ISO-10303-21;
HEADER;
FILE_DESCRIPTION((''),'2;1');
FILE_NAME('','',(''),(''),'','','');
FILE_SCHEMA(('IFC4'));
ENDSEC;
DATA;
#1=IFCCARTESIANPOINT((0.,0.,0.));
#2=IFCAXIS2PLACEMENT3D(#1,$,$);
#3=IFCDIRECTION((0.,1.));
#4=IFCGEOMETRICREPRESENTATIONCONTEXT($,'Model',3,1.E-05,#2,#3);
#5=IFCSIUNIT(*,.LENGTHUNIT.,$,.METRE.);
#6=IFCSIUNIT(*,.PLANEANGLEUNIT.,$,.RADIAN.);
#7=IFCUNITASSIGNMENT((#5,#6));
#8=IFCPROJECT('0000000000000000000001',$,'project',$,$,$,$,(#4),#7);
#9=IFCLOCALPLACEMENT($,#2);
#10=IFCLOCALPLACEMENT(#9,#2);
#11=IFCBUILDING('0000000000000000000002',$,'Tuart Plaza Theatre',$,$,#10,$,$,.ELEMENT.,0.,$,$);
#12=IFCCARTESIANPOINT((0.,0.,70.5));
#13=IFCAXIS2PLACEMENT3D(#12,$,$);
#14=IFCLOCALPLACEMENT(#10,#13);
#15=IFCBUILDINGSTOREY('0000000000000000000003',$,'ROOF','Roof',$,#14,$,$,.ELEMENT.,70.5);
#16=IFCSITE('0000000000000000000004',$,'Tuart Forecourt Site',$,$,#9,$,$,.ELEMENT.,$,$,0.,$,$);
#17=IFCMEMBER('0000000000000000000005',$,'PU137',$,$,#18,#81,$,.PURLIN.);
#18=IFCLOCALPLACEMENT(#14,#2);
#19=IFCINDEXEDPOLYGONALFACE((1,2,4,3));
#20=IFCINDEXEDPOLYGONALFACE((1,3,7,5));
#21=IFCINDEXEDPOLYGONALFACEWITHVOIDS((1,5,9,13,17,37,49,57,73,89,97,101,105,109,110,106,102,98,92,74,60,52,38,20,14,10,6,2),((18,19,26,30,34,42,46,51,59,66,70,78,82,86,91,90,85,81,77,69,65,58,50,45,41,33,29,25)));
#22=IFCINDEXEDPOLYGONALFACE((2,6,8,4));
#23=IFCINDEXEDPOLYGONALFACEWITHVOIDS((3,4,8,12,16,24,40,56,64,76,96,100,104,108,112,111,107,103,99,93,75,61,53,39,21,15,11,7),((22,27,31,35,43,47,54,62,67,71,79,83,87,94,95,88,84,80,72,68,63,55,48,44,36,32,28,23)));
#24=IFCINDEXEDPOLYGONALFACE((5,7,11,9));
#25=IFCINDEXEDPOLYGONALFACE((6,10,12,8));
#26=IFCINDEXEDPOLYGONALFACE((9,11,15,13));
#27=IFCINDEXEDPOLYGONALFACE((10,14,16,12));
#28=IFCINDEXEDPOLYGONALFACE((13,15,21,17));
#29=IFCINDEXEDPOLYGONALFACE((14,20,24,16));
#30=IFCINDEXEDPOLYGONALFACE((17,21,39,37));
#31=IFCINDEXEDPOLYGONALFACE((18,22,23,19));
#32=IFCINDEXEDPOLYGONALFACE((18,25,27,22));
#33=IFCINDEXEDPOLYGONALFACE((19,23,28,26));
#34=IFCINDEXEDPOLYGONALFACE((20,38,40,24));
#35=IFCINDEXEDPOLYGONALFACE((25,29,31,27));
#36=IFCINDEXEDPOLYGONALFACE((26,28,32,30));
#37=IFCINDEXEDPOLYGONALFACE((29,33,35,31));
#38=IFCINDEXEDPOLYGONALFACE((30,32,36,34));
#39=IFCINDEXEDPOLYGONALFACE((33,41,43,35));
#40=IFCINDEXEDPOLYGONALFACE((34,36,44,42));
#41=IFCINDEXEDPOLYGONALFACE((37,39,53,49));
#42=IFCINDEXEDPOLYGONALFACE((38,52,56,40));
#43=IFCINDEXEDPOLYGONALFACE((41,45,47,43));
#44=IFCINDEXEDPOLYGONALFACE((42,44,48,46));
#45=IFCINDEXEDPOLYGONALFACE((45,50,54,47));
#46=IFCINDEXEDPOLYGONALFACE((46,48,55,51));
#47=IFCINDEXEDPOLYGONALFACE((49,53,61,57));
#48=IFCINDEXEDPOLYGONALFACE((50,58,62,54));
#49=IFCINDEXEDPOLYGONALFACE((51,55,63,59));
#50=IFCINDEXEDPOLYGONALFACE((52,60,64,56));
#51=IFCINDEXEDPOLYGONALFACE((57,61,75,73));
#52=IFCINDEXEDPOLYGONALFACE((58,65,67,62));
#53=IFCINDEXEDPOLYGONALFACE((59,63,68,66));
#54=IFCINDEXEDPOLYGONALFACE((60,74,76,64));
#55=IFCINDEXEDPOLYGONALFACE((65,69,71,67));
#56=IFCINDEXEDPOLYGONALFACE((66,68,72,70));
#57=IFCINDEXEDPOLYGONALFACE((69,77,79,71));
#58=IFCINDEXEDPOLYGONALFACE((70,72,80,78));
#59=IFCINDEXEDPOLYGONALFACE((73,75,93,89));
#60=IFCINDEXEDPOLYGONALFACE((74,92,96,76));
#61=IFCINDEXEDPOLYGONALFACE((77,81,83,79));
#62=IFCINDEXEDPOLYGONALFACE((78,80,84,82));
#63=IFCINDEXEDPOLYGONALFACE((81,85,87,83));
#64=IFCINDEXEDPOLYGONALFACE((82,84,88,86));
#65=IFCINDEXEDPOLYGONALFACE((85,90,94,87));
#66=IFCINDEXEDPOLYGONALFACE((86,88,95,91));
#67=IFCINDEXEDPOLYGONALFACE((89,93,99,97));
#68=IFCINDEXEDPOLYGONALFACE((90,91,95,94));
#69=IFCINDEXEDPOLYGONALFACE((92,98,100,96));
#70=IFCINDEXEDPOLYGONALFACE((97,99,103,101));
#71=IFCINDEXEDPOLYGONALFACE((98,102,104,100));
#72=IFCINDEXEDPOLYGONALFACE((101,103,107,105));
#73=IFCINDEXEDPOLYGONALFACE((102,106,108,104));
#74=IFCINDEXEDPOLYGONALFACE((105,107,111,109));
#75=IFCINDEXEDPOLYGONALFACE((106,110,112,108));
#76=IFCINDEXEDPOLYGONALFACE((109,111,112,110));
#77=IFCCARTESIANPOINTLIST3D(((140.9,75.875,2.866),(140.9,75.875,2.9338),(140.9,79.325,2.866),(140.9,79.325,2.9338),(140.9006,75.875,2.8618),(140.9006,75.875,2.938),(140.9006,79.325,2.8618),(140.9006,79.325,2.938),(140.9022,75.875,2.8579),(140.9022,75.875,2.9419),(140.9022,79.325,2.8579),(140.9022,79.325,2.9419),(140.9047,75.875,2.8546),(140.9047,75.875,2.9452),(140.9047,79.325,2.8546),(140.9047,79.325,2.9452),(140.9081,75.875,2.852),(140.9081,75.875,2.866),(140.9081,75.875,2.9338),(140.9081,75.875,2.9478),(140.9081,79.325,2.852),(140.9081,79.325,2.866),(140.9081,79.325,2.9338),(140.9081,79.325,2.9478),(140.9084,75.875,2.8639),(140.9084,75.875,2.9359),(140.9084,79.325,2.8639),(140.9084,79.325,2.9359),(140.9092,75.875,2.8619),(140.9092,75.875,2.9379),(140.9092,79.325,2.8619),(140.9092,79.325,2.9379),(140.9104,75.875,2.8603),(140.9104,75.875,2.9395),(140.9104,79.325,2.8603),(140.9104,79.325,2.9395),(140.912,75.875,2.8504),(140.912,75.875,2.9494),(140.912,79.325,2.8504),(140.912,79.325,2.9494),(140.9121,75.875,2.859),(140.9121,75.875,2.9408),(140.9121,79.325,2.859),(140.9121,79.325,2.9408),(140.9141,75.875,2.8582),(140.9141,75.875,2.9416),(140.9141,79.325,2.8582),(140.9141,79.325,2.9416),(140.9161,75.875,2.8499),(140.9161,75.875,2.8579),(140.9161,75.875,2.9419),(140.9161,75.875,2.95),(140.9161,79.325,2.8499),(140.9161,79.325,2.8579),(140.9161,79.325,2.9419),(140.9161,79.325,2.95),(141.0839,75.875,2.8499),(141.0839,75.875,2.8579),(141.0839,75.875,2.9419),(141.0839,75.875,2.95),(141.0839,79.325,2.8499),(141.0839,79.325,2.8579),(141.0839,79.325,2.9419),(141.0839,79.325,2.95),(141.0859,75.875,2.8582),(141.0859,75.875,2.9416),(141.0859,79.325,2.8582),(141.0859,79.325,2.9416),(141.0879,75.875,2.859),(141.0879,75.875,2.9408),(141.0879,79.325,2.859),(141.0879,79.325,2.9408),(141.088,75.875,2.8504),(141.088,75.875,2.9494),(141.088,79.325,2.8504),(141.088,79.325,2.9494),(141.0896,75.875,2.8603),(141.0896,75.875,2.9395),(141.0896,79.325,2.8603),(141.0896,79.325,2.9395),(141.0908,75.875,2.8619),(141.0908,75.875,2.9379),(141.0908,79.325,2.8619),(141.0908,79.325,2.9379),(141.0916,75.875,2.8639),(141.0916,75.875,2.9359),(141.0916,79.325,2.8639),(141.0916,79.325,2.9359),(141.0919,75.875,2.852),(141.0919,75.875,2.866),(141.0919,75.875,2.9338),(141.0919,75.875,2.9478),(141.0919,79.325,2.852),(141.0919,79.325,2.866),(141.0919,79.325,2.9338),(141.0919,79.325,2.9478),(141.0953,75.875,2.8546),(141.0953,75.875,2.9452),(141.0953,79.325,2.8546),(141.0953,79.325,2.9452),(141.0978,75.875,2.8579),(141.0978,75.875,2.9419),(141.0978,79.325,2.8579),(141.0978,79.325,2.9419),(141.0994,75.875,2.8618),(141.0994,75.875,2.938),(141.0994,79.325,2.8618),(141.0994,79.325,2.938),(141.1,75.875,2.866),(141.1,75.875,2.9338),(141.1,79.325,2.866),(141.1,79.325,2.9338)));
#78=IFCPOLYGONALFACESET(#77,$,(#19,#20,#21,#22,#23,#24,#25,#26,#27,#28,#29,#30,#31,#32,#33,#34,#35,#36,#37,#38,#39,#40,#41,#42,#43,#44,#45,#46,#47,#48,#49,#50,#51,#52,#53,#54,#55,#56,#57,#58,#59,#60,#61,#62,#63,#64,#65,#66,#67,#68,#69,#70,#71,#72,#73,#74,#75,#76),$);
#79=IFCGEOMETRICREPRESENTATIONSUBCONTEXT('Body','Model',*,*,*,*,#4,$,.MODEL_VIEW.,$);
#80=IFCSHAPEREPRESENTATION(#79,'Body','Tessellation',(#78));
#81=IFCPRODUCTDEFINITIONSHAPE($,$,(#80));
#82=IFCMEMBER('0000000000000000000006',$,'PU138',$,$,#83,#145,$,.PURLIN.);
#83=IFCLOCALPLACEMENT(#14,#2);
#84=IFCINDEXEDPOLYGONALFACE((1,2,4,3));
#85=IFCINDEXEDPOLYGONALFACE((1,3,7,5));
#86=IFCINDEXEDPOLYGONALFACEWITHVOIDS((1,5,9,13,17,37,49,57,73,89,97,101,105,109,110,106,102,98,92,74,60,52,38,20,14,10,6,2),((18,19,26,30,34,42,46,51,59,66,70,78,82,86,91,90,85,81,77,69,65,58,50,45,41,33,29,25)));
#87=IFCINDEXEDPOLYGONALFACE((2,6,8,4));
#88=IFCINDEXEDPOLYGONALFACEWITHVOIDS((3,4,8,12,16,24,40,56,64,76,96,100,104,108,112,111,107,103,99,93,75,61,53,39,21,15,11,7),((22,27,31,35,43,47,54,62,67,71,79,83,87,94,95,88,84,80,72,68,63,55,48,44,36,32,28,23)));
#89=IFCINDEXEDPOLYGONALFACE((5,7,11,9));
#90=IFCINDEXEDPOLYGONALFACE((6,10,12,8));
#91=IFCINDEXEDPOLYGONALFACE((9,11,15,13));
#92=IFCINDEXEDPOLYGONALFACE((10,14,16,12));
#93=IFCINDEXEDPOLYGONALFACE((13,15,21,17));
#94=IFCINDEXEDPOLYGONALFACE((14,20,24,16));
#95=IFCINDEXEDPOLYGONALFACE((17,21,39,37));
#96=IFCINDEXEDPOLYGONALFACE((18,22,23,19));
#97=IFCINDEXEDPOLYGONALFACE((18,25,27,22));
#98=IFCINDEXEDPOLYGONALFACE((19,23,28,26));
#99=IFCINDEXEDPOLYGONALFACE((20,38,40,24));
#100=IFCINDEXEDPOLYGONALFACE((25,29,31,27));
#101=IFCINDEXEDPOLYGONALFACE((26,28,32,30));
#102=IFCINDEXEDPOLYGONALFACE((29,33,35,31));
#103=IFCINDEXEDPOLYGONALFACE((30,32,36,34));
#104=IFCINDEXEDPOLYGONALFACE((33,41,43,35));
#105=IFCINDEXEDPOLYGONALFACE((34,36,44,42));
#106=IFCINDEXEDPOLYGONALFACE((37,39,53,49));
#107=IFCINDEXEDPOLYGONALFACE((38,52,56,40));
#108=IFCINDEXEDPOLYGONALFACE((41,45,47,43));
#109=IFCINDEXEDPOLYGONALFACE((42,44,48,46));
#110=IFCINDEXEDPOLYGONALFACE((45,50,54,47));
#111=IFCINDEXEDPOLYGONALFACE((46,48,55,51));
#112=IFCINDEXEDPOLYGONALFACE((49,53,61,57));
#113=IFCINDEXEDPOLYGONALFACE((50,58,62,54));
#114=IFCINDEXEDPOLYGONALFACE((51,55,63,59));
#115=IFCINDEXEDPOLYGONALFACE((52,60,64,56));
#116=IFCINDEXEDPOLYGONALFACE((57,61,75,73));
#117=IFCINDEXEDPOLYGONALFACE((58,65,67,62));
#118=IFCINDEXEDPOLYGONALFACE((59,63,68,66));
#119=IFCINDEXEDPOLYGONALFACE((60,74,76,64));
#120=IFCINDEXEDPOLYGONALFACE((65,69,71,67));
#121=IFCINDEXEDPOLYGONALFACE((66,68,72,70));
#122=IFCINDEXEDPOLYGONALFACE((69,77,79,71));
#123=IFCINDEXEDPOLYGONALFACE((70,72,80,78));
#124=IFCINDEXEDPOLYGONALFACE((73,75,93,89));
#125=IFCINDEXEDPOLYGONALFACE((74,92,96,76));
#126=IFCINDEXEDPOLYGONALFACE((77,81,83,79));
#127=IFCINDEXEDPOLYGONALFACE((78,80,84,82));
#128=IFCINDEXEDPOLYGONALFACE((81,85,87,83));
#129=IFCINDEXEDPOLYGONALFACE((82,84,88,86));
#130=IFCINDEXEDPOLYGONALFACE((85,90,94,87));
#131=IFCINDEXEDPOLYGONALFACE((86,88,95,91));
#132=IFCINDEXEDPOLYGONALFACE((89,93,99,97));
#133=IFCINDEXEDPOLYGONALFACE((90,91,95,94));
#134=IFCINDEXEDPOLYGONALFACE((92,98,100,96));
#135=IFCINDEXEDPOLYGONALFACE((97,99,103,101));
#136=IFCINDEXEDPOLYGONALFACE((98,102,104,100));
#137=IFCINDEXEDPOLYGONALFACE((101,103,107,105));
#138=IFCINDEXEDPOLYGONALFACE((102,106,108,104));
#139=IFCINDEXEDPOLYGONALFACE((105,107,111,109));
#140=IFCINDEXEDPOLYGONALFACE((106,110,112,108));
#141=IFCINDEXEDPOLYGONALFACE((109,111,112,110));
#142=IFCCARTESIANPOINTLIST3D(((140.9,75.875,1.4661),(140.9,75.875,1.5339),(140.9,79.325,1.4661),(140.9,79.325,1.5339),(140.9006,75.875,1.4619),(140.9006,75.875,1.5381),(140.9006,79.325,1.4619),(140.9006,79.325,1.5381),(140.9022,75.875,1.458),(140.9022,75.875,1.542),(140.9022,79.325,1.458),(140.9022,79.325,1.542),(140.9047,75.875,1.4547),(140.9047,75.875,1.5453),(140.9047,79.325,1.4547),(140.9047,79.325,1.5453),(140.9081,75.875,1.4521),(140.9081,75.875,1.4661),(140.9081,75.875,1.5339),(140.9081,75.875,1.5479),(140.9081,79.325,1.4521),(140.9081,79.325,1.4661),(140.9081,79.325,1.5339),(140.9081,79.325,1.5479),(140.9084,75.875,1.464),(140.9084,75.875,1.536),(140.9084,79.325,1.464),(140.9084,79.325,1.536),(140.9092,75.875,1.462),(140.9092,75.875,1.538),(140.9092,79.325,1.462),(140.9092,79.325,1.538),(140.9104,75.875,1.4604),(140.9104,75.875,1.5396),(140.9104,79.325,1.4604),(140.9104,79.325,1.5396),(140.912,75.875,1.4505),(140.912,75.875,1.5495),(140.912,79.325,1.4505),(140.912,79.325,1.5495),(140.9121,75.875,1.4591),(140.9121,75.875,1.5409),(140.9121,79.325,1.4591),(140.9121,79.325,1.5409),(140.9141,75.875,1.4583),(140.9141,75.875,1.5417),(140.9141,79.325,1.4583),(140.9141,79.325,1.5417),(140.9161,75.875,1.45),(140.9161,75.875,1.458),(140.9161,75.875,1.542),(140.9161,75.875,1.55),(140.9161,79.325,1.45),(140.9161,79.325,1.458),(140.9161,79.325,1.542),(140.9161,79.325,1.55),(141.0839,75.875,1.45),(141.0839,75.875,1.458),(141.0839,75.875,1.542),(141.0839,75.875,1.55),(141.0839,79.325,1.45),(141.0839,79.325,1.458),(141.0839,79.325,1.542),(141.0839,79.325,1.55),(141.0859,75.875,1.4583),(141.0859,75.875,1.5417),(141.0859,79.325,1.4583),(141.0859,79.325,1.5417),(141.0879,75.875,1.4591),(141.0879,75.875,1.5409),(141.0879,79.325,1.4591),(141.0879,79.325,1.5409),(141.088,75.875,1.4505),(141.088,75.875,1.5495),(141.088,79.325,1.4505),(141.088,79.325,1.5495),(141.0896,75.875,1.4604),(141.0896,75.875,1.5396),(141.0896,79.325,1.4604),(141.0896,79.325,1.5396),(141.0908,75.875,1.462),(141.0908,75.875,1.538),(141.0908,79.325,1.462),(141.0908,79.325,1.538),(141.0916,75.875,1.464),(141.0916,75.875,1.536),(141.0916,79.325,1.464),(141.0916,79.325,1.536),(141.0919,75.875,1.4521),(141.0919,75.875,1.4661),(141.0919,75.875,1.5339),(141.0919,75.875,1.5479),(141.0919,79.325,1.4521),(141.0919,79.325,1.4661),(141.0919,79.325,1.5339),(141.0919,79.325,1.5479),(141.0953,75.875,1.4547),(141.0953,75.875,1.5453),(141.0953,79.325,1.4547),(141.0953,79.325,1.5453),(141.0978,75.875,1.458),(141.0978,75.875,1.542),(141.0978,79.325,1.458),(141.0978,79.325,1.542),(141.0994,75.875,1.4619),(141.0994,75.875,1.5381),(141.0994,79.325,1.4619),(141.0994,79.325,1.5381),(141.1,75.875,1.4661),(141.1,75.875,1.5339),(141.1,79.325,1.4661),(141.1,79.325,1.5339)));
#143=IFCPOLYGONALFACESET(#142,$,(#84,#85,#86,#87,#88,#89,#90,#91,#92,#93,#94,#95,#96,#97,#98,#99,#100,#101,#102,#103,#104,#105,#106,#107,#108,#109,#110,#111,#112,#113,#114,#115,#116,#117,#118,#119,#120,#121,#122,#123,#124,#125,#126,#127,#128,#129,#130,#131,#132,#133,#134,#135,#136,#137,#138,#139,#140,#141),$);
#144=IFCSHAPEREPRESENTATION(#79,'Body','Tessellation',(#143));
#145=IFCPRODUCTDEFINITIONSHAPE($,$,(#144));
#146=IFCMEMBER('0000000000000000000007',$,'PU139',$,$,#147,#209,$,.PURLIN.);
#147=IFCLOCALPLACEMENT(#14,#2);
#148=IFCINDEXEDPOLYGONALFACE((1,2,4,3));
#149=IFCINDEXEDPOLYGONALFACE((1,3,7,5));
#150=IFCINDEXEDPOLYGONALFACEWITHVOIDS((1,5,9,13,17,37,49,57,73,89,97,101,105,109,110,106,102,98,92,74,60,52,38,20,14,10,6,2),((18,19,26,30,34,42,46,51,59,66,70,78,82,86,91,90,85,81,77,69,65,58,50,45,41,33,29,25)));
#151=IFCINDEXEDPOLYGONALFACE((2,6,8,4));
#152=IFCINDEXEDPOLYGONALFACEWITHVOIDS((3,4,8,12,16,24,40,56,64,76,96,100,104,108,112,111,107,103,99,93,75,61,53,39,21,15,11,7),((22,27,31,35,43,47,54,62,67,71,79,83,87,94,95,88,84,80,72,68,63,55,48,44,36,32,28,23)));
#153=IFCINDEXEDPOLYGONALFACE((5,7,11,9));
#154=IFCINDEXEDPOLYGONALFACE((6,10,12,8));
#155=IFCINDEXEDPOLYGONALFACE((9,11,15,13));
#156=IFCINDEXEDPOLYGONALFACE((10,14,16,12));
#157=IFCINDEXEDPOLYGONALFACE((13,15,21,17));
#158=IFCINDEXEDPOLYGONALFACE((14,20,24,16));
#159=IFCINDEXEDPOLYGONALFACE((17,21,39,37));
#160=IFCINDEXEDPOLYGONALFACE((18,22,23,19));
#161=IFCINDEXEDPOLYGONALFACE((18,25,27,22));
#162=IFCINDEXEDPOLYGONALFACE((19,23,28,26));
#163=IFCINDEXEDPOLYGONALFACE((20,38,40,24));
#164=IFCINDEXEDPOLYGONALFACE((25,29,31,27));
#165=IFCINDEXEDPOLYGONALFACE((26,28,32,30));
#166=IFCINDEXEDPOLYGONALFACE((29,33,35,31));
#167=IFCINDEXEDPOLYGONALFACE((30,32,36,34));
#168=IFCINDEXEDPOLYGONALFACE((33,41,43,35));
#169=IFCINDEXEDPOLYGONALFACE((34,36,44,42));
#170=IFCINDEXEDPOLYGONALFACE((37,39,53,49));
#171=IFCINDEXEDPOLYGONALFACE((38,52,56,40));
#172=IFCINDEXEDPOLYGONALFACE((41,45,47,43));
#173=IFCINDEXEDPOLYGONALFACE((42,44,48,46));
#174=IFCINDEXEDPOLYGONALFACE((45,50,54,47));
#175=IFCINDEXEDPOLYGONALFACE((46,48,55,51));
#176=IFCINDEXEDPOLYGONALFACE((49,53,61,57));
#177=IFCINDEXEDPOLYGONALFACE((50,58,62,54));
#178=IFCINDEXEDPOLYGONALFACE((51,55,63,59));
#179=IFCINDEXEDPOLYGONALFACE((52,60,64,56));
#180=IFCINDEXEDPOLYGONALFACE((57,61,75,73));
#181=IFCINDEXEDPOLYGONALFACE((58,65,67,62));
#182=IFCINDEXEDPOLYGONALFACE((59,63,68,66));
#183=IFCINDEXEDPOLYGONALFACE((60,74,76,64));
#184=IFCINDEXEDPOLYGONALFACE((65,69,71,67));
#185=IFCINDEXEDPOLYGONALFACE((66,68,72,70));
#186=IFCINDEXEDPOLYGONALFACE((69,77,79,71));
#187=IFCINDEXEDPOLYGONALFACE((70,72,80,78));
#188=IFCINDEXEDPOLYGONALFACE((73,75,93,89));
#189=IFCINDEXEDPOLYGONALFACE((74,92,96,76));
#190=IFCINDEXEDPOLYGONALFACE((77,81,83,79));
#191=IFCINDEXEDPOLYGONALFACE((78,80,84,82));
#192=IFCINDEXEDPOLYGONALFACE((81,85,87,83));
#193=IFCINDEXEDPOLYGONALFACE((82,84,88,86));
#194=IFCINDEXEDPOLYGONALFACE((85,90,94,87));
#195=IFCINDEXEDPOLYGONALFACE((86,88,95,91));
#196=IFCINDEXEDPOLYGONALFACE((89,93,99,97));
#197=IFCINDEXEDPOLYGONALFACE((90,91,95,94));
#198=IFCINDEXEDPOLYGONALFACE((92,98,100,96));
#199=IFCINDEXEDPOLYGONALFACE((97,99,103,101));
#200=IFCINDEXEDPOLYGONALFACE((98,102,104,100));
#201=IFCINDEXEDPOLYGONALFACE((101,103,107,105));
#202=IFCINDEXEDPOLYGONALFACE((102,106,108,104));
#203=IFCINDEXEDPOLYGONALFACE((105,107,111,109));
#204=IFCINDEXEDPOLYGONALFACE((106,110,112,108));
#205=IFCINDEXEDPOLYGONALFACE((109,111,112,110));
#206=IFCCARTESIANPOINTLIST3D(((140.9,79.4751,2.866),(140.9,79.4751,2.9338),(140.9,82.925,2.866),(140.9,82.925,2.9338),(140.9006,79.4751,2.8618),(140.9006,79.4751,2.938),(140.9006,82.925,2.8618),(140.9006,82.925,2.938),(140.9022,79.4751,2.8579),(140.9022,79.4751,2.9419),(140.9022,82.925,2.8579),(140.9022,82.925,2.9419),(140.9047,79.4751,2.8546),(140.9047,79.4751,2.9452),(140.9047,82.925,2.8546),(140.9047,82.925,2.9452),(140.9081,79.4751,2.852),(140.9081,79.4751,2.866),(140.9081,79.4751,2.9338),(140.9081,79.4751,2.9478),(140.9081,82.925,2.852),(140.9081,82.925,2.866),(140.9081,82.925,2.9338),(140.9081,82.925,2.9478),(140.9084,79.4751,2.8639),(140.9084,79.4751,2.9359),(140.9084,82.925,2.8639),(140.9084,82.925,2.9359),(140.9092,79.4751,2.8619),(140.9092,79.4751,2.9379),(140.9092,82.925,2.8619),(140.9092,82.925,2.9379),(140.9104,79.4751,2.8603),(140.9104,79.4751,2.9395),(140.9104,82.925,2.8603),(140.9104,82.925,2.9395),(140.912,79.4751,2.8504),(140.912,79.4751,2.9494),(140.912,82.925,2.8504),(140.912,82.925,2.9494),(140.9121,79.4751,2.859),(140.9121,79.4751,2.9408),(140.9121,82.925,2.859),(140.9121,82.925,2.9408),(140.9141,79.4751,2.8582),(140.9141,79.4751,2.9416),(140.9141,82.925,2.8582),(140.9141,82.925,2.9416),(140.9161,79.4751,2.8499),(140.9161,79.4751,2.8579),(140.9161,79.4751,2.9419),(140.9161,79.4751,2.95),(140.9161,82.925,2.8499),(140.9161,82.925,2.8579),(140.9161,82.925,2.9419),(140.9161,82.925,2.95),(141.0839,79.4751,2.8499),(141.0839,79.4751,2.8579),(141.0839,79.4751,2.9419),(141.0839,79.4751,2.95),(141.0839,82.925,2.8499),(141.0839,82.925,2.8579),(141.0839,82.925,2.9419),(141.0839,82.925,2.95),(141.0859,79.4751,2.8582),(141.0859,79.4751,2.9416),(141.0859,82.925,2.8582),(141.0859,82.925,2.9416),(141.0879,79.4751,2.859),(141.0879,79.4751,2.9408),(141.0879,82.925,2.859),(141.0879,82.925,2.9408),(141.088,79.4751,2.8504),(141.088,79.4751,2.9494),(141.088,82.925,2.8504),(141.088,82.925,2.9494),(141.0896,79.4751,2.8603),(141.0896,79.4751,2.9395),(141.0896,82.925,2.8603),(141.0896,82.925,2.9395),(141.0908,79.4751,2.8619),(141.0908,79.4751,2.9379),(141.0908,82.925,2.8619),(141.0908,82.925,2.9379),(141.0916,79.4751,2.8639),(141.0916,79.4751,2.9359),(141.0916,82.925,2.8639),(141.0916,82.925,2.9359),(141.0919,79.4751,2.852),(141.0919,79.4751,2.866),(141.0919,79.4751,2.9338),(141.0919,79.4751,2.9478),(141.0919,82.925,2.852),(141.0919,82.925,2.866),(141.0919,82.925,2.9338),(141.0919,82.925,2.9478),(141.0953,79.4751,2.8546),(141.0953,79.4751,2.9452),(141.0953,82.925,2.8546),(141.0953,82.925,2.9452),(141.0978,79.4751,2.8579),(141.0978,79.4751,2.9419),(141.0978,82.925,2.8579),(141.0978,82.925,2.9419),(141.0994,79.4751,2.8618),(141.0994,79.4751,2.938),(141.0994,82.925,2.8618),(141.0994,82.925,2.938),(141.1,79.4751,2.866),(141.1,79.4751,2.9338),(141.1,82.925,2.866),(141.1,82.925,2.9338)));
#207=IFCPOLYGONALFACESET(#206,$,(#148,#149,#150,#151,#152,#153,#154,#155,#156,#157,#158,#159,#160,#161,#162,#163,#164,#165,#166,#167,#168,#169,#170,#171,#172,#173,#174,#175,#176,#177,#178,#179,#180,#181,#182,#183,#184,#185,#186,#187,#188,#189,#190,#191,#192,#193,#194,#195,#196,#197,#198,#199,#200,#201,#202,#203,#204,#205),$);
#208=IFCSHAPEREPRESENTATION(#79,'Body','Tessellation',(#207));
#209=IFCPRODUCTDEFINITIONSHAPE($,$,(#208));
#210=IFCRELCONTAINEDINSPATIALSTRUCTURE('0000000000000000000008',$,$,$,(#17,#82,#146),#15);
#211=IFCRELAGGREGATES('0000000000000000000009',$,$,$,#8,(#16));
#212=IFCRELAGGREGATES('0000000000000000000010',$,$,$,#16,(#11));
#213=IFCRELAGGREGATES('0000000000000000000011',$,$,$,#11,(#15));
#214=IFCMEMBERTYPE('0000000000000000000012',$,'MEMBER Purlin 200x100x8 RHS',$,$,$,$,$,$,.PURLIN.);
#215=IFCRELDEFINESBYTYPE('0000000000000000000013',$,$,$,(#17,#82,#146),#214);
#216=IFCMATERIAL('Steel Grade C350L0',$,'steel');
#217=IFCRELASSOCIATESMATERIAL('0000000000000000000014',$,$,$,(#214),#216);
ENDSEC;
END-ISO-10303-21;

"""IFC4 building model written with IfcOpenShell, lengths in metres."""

from ifc_helpers import new_model, si_unit, direction, frame, origin, origin_2d, place, context, subcontext, project, spatial, hollow_rectangle, extrude, material, material_profile, profile_set, type_object, element, save


model = new_model("IFC4")

# Units and contexts
model_context = context("Model", 3, precision=1e-05, world=origin(), true_north=direction((0.0, 1.0)))
body_context = subcontext(model_context, "Body", "Model", "MODEL_VIEW")
ifc_project = project(units=[si_unit("LENGTHUNIT", "METRE"), si_unit("PLANEANGLEUNIT", "RADIAN")], contexts=[model_context])

# Site, building, storey
site_placement = place(None, origin())
site = spatial("IfcSite", under=ifc_project, at=site_placement, Name="Tuart Forecourt Site", CompositionType="ELEMENT", RefElevation=0.0)
building_placement = place(site_placement, origin())
building = spatial("IfcBuilding", under=site, at=building_placement, Name="Tuart Plaza Theatre", CompositionType="ELEMENT", ElevationOfRefHeight=0.0)
storey_placement = place(building_placement, frame((0.0, 0.0, 70.5)))
storey = spatial("IfcBuildingStorey", under=building, at=storey_placement, Name="ROOF", Description="Roof", CompositionType="ELEMENT", Elevation=70.5)

# Members
ifc_material_1 = material(Name="Steel Grade C350L0", Category="steel")
ifc_material_profile_1 = material_profile(ifc_material_1, hollow_rectangle(XDim=0.1001, YDim=0.2, WallThickness=0.0081, InnerFilletRadius=0.0081, OuterFilletRadius=0.0161, at=origin_2d()), Name="200x100x8 RHS")
ifc_profile_set_1 = profile_set([ifc_material_profile_1], Name="Steel Grade C350L0")
member_type = type_object("IfcMemberType", Name="MEMBER Purlin 200x100x8 RHS", PredefinedType="PURLIN", material=ifc_profile_set_1)
for number, where, z_axis, x_axis, name in (
    (1, (141.0, 75.875, 2.8999), (0.0, 1.0, 0.0), (0.0, 0.0, 1.0), "PU137"),
    (2, (141.0, 75.875, 1.5), (0.0, 1.0, 0.0), (0.0, 0.0, 1.0), "PU138"),
    (3, (141.0, 79.4751, 2.8999), (0.0, 1.0, 0.0), (0.0, 0.0, 1.0), "PU139"),
):
    element("IfcMember", number, at=place(storey_placement, frame(where, z_axis=z_axis, x_axis=x_axis)), inside=storey, type_object=member_type, Name=name, PredefinedType="PURLIN", context=body_context, shape_type="SweptSolid", body=[
        extrude(hollow_rectangle(XDim=0.1001, YDim=0.2, WallThickness=0.0081, InnerFilletRadius=0.0081, OuterFilletRadius=0.0161, at=origin_2d()), origin(), (0.0, 0.0, 1.0), 3.45),
    ])

save(model, "model.ifc")
